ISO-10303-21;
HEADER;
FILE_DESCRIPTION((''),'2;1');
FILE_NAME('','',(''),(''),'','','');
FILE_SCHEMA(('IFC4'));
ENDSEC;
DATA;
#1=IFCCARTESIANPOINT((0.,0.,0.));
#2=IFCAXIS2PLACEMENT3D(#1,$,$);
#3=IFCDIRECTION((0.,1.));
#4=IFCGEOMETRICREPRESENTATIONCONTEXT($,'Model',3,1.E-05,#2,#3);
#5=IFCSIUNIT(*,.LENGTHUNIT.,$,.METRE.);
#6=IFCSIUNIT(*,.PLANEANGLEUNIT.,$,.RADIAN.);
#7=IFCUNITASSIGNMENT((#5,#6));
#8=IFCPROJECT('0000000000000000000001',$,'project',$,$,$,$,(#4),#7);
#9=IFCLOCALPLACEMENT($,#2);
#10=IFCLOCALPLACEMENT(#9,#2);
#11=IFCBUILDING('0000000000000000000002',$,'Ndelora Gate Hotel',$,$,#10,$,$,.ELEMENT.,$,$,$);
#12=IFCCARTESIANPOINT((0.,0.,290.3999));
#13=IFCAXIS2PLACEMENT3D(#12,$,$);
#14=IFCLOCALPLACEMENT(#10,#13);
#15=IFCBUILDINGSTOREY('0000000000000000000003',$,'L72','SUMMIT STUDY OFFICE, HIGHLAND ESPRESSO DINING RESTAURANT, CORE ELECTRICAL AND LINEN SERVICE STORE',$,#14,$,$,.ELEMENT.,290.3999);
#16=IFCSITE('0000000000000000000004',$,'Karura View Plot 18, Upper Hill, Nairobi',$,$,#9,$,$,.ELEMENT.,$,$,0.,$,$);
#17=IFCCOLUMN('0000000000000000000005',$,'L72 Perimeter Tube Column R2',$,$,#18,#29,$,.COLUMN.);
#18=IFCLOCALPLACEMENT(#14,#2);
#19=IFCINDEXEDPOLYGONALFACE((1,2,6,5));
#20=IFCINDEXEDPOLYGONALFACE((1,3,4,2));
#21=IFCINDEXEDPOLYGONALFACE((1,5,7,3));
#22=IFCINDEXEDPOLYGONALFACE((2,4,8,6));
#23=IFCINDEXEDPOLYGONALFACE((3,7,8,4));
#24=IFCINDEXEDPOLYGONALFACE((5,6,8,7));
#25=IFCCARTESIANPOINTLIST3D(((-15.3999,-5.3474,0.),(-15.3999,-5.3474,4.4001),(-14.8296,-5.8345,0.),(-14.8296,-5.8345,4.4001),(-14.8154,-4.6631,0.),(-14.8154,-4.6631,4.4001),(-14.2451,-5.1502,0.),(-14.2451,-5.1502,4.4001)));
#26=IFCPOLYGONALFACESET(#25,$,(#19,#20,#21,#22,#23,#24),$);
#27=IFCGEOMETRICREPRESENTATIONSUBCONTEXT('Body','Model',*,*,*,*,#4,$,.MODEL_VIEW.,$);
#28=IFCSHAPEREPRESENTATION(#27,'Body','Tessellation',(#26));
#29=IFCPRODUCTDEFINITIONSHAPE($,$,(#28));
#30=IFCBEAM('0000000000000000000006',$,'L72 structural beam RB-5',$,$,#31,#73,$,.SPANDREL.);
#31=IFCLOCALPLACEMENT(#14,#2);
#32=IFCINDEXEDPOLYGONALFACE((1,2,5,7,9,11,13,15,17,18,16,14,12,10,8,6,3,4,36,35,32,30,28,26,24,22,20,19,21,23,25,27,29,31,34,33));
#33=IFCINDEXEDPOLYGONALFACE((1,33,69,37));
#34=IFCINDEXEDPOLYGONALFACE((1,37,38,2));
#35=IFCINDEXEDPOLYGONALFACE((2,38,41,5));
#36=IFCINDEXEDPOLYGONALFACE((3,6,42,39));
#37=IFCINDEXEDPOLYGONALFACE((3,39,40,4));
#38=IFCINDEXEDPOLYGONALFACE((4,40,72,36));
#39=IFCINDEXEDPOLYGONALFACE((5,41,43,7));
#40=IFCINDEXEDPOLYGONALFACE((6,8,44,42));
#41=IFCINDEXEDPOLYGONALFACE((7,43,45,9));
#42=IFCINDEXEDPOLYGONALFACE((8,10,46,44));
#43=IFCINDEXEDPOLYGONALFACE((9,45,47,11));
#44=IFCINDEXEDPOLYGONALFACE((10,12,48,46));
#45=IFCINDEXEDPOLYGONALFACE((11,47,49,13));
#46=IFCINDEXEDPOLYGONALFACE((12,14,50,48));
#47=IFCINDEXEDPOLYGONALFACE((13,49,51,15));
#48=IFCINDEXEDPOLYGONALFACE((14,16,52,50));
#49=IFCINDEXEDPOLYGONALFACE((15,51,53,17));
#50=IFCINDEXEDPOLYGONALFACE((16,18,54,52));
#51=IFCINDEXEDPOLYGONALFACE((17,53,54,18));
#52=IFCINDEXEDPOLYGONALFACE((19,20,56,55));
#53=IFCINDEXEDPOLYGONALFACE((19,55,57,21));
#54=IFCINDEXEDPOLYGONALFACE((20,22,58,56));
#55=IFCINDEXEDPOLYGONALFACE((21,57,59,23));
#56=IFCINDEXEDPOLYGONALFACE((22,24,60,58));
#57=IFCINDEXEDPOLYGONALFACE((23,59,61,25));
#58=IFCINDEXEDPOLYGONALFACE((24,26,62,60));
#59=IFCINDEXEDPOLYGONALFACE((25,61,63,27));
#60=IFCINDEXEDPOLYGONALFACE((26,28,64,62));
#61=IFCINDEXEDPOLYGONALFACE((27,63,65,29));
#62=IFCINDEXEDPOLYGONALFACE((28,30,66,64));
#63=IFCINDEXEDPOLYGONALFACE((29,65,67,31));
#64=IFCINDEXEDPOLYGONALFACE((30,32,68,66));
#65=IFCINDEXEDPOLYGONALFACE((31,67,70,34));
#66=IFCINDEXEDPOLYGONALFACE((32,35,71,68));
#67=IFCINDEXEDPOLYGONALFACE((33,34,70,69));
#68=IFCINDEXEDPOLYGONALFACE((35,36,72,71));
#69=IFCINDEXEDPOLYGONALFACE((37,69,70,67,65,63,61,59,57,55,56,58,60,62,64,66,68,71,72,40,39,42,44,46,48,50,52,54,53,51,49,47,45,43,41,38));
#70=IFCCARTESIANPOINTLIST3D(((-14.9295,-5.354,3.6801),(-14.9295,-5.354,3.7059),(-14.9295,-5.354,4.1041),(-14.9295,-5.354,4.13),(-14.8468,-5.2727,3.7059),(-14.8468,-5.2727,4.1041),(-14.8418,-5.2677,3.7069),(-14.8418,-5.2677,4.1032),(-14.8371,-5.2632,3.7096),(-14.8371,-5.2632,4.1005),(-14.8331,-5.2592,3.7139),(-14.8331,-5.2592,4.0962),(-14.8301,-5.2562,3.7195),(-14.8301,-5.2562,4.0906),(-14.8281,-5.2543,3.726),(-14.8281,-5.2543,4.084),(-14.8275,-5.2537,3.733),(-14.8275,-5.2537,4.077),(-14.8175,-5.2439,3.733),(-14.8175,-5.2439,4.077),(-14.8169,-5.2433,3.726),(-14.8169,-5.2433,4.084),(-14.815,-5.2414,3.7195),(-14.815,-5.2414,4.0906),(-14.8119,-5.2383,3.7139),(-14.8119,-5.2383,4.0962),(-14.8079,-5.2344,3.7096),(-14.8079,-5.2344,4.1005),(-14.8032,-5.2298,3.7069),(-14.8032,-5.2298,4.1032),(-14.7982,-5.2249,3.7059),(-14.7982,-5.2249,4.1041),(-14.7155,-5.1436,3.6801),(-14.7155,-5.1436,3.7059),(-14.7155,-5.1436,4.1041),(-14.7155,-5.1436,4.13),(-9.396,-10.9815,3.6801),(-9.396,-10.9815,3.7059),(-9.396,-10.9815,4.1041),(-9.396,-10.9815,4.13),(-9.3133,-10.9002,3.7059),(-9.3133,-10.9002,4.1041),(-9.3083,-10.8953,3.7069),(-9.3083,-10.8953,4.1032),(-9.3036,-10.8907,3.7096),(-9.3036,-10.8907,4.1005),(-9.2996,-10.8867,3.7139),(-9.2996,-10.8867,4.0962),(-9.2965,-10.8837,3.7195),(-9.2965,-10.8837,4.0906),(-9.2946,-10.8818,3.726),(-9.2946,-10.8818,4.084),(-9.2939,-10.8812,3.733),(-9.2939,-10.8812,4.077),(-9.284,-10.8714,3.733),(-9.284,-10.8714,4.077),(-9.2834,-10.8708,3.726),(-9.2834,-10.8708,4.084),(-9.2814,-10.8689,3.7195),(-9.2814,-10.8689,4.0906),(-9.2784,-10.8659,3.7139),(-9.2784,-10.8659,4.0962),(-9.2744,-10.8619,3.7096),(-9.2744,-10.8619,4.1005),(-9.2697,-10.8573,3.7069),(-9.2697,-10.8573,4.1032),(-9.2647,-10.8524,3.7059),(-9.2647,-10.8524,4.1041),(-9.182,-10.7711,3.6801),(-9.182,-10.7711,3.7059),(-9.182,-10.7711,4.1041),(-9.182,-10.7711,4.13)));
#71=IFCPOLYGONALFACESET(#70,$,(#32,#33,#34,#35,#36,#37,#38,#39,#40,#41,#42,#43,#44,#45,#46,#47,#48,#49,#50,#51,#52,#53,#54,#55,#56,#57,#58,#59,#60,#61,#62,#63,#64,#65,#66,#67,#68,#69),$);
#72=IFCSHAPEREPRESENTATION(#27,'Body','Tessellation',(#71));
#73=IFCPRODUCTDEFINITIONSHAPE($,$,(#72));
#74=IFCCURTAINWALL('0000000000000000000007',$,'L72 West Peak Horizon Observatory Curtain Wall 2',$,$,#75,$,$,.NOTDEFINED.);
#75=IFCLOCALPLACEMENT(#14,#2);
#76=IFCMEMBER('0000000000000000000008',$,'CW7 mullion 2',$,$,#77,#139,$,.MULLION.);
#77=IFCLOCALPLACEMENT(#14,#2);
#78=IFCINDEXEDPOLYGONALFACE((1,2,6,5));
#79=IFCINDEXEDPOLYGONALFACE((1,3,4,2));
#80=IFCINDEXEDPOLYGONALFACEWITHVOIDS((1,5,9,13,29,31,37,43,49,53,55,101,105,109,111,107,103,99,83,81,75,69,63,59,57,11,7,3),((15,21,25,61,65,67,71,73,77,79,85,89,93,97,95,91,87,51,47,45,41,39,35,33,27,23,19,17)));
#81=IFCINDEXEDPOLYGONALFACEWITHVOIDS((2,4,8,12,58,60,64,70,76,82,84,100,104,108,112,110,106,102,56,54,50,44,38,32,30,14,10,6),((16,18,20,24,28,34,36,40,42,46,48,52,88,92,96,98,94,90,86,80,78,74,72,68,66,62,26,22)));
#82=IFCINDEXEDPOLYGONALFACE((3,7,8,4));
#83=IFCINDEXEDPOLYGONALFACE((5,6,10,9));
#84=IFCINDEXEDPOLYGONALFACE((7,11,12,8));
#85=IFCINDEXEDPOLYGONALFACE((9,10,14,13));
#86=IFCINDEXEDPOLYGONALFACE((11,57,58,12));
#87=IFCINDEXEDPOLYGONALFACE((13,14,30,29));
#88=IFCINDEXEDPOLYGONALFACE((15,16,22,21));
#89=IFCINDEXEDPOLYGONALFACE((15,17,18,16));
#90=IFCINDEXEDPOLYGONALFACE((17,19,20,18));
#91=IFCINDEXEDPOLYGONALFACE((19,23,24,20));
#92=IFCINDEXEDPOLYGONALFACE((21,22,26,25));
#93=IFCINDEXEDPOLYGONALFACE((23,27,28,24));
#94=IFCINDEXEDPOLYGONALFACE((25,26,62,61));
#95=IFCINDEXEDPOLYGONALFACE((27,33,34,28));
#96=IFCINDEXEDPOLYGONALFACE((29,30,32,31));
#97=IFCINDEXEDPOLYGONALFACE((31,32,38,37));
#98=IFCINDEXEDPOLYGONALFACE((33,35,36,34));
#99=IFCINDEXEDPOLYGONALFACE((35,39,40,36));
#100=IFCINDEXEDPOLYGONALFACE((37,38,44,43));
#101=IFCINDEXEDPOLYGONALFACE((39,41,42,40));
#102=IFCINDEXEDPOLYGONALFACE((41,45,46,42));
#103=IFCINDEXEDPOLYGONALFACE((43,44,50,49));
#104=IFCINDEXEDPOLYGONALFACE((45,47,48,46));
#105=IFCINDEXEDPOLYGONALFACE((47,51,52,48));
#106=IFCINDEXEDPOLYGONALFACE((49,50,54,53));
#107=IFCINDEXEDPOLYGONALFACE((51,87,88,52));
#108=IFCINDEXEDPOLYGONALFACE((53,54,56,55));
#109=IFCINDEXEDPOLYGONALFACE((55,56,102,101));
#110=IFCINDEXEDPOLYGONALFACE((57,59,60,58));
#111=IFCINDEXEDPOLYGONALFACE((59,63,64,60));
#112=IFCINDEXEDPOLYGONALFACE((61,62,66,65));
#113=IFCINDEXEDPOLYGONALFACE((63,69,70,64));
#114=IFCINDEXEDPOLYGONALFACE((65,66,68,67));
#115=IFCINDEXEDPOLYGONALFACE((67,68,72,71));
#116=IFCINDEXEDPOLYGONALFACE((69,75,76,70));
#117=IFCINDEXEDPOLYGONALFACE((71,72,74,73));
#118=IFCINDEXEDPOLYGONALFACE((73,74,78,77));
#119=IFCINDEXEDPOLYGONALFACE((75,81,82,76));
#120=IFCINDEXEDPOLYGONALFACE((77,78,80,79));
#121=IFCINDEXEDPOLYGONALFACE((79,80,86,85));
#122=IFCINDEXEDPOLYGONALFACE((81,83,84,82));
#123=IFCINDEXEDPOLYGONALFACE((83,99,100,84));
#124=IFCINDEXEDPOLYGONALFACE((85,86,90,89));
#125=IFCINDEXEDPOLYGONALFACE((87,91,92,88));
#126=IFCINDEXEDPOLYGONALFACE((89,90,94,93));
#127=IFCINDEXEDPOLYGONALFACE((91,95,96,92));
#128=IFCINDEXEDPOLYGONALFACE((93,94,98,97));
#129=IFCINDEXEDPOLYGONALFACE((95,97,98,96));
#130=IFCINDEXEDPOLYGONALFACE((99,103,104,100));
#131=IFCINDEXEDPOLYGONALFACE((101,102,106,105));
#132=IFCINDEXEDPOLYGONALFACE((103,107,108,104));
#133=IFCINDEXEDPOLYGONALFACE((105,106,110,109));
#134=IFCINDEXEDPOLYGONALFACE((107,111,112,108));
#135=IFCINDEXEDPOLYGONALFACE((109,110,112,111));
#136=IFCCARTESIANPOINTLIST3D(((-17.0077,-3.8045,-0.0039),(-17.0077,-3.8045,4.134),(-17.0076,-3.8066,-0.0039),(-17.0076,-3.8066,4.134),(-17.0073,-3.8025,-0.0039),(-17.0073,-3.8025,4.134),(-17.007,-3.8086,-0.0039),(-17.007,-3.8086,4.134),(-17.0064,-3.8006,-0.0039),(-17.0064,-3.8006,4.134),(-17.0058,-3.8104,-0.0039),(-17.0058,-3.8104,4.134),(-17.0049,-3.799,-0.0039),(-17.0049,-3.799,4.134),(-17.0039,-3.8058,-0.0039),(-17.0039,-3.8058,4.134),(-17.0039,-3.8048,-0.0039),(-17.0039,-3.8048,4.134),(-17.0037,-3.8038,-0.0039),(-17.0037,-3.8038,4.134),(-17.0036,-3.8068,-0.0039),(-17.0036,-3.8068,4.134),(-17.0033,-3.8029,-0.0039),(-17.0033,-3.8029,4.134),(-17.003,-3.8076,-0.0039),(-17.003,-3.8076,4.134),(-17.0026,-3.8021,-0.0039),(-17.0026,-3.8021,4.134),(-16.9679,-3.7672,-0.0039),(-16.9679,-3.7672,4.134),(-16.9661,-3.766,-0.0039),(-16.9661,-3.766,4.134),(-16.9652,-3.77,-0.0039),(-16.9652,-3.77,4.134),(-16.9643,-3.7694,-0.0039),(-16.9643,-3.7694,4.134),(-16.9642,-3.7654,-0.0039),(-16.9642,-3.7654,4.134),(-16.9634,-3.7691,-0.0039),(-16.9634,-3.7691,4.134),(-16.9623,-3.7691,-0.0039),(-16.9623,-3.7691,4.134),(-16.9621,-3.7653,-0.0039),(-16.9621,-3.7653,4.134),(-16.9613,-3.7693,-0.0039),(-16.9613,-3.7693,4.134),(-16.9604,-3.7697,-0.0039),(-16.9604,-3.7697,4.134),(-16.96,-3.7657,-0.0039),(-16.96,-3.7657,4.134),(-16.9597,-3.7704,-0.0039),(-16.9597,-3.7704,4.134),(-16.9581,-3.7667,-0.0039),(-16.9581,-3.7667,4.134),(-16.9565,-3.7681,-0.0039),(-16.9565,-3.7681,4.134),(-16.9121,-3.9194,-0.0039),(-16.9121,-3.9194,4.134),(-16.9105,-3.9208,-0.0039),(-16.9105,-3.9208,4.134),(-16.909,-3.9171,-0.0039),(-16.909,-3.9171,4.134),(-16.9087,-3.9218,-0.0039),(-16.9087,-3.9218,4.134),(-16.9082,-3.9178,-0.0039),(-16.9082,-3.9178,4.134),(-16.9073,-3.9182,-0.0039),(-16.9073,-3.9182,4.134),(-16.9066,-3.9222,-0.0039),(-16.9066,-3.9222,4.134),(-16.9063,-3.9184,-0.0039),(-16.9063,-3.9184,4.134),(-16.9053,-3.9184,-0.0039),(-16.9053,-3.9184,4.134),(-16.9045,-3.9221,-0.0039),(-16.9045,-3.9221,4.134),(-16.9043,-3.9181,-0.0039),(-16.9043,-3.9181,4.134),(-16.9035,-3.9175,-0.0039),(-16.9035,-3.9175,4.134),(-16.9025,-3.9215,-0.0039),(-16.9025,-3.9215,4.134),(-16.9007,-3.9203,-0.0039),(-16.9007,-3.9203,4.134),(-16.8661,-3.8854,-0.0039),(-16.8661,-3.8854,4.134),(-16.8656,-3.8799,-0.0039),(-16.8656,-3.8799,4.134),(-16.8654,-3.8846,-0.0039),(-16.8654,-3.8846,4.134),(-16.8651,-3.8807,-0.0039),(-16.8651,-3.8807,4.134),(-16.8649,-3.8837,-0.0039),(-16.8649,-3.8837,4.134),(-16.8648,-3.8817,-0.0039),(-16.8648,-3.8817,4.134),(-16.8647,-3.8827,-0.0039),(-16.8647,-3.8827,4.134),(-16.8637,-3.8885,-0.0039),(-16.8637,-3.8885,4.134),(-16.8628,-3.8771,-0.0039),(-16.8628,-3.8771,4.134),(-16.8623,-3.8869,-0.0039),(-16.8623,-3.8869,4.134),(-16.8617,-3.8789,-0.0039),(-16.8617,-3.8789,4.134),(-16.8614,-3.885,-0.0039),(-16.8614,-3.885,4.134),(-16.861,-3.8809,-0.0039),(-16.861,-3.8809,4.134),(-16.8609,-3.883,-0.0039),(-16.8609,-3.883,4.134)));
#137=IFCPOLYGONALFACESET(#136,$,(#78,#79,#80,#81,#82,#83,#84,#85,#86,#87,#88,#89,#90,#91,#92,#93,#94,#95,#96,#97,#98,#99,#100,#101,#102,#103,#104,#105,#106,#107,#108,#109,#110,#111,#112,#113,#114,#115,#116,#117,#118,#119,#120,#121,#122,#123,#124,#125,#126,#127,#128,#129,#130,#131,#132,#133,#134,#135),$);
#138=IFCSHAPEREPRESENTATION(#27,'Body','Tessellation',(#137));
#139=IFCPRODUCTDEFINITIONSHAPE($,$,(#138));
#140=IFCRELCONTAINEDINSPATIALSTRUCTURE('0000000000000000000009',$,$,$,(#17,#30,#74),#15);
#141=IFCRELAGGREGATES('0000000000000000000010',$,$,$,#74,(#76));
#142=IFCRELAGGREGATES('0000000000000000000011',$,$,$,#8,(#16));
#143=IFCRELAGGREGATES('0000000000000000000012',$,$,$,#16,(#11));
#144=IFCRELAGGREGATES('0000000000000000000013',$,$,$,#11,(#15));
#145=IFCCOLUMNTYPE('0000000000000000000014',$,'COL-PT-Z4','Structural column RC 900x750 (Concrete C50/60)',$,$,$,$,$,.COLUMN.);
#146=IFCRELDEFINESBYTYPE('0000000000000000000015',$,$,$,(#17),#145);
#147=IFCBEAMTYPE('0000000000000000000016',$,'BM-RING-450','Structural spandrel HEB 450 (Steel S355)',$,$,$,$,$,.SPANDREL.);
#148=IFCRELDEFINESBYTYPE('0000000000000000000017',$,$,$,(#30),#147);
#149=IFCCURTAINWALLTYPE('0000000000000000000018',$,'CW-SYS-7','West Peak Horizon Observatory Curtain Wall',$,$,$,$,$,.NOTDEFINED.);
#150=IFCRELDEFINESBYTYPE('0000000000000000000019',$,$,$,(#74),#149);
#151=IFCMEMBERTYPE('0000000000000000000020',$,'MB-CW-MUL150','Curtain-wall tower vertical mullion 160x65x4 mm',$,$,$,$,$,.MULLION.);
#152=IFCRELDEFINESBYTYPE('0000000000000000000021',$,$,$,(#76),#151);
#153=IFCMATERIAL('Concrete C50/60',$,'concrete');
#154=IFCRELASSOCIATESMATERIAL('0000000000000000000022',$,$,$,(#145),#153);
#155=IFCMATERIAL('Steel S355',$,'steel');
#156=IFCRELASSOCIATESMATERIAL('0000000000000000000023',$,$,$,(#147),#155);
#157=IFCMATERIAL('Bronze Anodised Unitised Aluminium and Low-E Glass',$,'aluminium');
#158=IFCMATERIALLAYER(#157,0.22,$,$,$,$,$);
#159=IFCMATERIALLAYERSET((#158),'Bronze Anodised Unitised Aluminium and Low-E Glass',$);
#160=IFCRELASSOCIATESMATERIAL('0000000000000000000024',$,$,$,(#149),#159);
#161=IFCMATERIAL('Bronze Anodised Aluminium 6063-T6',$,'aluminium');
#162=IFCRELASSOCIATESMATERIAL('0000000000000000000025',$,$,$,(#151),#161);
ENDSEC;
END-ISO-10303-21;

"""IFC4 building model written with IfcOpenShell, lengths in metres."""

from ifc_helpers import new_model, si_unit, direction, frame, origin, origin_2d, place, context, subcontext, project, spatial, rectangle, hollow_rectangle, i_section, extrude, material, layer, layer_set, material_profile, profile_set, type_object, element, aggregate, save


model = new_model("IFC4")

# Units and contexts
model_context = context("Model", 3, precision=1e-05, world=origin(), true_north=direction((0.0, 1.0)))
body_context = subcontext(model_context, "Body", "Model", "MODEL_VIEW")
ifc_project = project(units=[si_unit("LENGTHUNIT", "METRE"), si_unit("PLANEANGLEUNIT", "RADIAN")], contexts=[model_context])

# Site, building, storey
site_placement = place(None, origin())
site = spatial("IfcSite", under=ifc_project, at=site_placement, Name="Karura View Plot 18, Upper Hill, Nairobi", CompositionType="ELEMENT", RefElevation=0.0)
building_placement = place(site_placement, origin())
building = spatial("IfcBuilding", under=site, at=building_placement, Name="Ndelora Gate Hotel", CompositionType="ELEMENT")
storey_placement = place(building_placement, frame((0.0, 0.0, 290.3999)))
storey = spatial("IfcBuildingStorey", under=building, at=storey_placement, Name="L72", Description="SUMMIT STUDY OFFICE, HIGHLAND ESPRESSO DINING RESTAURANT, CORE ELECTRICAL AND LINEN SERVICE STORE", CompositionType="ELEMENT", Elevation=290.3999)

# Column
ifc_material_1 = material(Name="Concrete C50/60", Category="concrete")
ifc_material_profile_1 = material_profile(ifc_material_1, rectangle(XDim=0.75, YDim=0.8999, at=origin_2d()), Name="RC 900x750")
ifc_profile_set_1 = profile_set([ifc_material_profile_1], Name="Concrete C50/60")
column_type = type_object("IfcColumnType", Name="COL-PT-Z4", Description="Structural column RC 900x750 (Concrete C50/60)", PredefinedType="COLUMN", material=ifc_profile_set_1)
column_placement = place(storey_placement, frame((-14.8225, -5.2488, 0.0), z_axis=(0.0, 0.0, 1.0), x_axis=(-0.760406, 0.649448, 0.0)))
element("IfcColumn", 1, at=column_placement, inside=storey, type_object=column_type, Name="L72 Perimeter Tube Column R2", PredefinedType="COLUMN", context=body_context, shape_type="SweptSolid", body=[
    extrude(rectangle(XDim=0.75, YDim=0.8999, at=origin_2d()), origin(), (0.0, 0.0, 1.0), 4.4001),
])

# Beam
ifc_material_2 = material(Name="Steel S355", Category="steel")
ifc_material_profile_2 = material_profile(ifc_material_2, i_section(OverallWidth=0.3, OverallDepth=0.45, WebThickness=0.0139, FlangeThickness=0.0259, FilletRadius=0.0271, at=origin_2d()), Name="HEB 450")
ifc_profile_set_2 = profile_set([ifc_material_profile_2], Name="Steel S355")
beam_type = type_object("IfcBeamType", Name="BM-RING-450", Description="Structural spandrel HEB 450 (Steel S355)", PredefinedType="SPANDREL", material=ifc_profile_set_2)
beam_placement = place(storey_placement, frame((-14.8225, -5.2488, 3.905), z_axis=(0.701127, -0.713037, 0.0), x_axis=(0.713037, 0.701127, 0.0)))
element("IfcBeam", 2, at=beam_placement, inside=storey, type_object=beam_type, Name="L72 structural beam RB-5", PredefinedType="SPANDREL", context=body_context, shape_type="SweptSolid", body=[
    extrude(i_section(OverallWidth=0.3, OverallDepth=0.45, WebThickness=0.0139, FlangeThickness=0.0259, FilletRadius=0.0271, at=origin_2d()), origin(), (0.0, 0.0, 1.0), 7.8923),
])

# Curtain wall, member
ifc_material_3 = material(Name="Bronze Anodised Unitised Aluminium and Low-E Glass", Category="aluminium")
ifc_layer_1 = layer(ifc_material_3, 0.22)
ifc_layer_set_1 = layer_set([ifc_layer_1], Name="Bronze Anodised Unitised Aluminium and Low-E Glass")
curtain_wall_type = type_object("IfcCurtainWallType", Name="CW-SYS-7", Description="West Peak Horizon Observatory Curtain Wall", PredefinedType="NOTDEFINED", material=ifc_layer_set_1)
curtain_wall_placement = place(storey_placement, origin())
curtain_wall = element("IfcCurtainWall", 3, at=curtain_wall_placement, inside=storey, type_object=curtain_wall_type, Name="L72 West Peak Horizon Observatory Curtain Wall 2", PredefinedType="NOTDEFINED")
ifc_material_4 = material(Name="Bronze Anodised Aluminium 6063-T6", Category="aluminium")
ifc_material_profile_3 = material_profile(ifc_material_4, hollow_rectangle(XDim=0.0649, YDim=0.1599, WallThickness=0.0039, InnerFilletRadius=0.0039, OuterFilletRadius=0.0081, at=origin_2d()), Name="ALU 160x65x4")
ifc_profile_set_3 = profile_set([ifc_material_profile_3], Name="Bronze Anodised Aluminium 6063-T6")
member_type_1 = type_object("IfcMemberType", Name="MB-CW-MUL150", Description="Curtain-wall tower vertical mullion 160x65x4 mm", PredefinedType="MULLION", material=ifc_profile_set_3)
member_1_placement = place(storey_placement, frame((-16.9343, -3.8438, -0.0039), z_axis=(0.0, 0.0, 1.0), x_axis=(0.75853, 0.651638, 0.0)))
member_1 = element("IfcMember", 4, at=member_1_placement, type_object=member_type_1, Name="CW7 mullion 2", PredefinedType="MULLION", context=body_context, shape_type="SweptSolid", body=[
    extrude(hollow_rectangle(XDim=0.0649, YDim=0.1599, WallThickness=0.0039, InnerFilletRadius=0.0039, OuterFilletRadius=0.0081, at=origin_2d()), origin(), (0.0, 0.0, 1.0), 4.1379),
])
aggregate(curtain_wall, [member_1])

save(model, "model.ifc")
